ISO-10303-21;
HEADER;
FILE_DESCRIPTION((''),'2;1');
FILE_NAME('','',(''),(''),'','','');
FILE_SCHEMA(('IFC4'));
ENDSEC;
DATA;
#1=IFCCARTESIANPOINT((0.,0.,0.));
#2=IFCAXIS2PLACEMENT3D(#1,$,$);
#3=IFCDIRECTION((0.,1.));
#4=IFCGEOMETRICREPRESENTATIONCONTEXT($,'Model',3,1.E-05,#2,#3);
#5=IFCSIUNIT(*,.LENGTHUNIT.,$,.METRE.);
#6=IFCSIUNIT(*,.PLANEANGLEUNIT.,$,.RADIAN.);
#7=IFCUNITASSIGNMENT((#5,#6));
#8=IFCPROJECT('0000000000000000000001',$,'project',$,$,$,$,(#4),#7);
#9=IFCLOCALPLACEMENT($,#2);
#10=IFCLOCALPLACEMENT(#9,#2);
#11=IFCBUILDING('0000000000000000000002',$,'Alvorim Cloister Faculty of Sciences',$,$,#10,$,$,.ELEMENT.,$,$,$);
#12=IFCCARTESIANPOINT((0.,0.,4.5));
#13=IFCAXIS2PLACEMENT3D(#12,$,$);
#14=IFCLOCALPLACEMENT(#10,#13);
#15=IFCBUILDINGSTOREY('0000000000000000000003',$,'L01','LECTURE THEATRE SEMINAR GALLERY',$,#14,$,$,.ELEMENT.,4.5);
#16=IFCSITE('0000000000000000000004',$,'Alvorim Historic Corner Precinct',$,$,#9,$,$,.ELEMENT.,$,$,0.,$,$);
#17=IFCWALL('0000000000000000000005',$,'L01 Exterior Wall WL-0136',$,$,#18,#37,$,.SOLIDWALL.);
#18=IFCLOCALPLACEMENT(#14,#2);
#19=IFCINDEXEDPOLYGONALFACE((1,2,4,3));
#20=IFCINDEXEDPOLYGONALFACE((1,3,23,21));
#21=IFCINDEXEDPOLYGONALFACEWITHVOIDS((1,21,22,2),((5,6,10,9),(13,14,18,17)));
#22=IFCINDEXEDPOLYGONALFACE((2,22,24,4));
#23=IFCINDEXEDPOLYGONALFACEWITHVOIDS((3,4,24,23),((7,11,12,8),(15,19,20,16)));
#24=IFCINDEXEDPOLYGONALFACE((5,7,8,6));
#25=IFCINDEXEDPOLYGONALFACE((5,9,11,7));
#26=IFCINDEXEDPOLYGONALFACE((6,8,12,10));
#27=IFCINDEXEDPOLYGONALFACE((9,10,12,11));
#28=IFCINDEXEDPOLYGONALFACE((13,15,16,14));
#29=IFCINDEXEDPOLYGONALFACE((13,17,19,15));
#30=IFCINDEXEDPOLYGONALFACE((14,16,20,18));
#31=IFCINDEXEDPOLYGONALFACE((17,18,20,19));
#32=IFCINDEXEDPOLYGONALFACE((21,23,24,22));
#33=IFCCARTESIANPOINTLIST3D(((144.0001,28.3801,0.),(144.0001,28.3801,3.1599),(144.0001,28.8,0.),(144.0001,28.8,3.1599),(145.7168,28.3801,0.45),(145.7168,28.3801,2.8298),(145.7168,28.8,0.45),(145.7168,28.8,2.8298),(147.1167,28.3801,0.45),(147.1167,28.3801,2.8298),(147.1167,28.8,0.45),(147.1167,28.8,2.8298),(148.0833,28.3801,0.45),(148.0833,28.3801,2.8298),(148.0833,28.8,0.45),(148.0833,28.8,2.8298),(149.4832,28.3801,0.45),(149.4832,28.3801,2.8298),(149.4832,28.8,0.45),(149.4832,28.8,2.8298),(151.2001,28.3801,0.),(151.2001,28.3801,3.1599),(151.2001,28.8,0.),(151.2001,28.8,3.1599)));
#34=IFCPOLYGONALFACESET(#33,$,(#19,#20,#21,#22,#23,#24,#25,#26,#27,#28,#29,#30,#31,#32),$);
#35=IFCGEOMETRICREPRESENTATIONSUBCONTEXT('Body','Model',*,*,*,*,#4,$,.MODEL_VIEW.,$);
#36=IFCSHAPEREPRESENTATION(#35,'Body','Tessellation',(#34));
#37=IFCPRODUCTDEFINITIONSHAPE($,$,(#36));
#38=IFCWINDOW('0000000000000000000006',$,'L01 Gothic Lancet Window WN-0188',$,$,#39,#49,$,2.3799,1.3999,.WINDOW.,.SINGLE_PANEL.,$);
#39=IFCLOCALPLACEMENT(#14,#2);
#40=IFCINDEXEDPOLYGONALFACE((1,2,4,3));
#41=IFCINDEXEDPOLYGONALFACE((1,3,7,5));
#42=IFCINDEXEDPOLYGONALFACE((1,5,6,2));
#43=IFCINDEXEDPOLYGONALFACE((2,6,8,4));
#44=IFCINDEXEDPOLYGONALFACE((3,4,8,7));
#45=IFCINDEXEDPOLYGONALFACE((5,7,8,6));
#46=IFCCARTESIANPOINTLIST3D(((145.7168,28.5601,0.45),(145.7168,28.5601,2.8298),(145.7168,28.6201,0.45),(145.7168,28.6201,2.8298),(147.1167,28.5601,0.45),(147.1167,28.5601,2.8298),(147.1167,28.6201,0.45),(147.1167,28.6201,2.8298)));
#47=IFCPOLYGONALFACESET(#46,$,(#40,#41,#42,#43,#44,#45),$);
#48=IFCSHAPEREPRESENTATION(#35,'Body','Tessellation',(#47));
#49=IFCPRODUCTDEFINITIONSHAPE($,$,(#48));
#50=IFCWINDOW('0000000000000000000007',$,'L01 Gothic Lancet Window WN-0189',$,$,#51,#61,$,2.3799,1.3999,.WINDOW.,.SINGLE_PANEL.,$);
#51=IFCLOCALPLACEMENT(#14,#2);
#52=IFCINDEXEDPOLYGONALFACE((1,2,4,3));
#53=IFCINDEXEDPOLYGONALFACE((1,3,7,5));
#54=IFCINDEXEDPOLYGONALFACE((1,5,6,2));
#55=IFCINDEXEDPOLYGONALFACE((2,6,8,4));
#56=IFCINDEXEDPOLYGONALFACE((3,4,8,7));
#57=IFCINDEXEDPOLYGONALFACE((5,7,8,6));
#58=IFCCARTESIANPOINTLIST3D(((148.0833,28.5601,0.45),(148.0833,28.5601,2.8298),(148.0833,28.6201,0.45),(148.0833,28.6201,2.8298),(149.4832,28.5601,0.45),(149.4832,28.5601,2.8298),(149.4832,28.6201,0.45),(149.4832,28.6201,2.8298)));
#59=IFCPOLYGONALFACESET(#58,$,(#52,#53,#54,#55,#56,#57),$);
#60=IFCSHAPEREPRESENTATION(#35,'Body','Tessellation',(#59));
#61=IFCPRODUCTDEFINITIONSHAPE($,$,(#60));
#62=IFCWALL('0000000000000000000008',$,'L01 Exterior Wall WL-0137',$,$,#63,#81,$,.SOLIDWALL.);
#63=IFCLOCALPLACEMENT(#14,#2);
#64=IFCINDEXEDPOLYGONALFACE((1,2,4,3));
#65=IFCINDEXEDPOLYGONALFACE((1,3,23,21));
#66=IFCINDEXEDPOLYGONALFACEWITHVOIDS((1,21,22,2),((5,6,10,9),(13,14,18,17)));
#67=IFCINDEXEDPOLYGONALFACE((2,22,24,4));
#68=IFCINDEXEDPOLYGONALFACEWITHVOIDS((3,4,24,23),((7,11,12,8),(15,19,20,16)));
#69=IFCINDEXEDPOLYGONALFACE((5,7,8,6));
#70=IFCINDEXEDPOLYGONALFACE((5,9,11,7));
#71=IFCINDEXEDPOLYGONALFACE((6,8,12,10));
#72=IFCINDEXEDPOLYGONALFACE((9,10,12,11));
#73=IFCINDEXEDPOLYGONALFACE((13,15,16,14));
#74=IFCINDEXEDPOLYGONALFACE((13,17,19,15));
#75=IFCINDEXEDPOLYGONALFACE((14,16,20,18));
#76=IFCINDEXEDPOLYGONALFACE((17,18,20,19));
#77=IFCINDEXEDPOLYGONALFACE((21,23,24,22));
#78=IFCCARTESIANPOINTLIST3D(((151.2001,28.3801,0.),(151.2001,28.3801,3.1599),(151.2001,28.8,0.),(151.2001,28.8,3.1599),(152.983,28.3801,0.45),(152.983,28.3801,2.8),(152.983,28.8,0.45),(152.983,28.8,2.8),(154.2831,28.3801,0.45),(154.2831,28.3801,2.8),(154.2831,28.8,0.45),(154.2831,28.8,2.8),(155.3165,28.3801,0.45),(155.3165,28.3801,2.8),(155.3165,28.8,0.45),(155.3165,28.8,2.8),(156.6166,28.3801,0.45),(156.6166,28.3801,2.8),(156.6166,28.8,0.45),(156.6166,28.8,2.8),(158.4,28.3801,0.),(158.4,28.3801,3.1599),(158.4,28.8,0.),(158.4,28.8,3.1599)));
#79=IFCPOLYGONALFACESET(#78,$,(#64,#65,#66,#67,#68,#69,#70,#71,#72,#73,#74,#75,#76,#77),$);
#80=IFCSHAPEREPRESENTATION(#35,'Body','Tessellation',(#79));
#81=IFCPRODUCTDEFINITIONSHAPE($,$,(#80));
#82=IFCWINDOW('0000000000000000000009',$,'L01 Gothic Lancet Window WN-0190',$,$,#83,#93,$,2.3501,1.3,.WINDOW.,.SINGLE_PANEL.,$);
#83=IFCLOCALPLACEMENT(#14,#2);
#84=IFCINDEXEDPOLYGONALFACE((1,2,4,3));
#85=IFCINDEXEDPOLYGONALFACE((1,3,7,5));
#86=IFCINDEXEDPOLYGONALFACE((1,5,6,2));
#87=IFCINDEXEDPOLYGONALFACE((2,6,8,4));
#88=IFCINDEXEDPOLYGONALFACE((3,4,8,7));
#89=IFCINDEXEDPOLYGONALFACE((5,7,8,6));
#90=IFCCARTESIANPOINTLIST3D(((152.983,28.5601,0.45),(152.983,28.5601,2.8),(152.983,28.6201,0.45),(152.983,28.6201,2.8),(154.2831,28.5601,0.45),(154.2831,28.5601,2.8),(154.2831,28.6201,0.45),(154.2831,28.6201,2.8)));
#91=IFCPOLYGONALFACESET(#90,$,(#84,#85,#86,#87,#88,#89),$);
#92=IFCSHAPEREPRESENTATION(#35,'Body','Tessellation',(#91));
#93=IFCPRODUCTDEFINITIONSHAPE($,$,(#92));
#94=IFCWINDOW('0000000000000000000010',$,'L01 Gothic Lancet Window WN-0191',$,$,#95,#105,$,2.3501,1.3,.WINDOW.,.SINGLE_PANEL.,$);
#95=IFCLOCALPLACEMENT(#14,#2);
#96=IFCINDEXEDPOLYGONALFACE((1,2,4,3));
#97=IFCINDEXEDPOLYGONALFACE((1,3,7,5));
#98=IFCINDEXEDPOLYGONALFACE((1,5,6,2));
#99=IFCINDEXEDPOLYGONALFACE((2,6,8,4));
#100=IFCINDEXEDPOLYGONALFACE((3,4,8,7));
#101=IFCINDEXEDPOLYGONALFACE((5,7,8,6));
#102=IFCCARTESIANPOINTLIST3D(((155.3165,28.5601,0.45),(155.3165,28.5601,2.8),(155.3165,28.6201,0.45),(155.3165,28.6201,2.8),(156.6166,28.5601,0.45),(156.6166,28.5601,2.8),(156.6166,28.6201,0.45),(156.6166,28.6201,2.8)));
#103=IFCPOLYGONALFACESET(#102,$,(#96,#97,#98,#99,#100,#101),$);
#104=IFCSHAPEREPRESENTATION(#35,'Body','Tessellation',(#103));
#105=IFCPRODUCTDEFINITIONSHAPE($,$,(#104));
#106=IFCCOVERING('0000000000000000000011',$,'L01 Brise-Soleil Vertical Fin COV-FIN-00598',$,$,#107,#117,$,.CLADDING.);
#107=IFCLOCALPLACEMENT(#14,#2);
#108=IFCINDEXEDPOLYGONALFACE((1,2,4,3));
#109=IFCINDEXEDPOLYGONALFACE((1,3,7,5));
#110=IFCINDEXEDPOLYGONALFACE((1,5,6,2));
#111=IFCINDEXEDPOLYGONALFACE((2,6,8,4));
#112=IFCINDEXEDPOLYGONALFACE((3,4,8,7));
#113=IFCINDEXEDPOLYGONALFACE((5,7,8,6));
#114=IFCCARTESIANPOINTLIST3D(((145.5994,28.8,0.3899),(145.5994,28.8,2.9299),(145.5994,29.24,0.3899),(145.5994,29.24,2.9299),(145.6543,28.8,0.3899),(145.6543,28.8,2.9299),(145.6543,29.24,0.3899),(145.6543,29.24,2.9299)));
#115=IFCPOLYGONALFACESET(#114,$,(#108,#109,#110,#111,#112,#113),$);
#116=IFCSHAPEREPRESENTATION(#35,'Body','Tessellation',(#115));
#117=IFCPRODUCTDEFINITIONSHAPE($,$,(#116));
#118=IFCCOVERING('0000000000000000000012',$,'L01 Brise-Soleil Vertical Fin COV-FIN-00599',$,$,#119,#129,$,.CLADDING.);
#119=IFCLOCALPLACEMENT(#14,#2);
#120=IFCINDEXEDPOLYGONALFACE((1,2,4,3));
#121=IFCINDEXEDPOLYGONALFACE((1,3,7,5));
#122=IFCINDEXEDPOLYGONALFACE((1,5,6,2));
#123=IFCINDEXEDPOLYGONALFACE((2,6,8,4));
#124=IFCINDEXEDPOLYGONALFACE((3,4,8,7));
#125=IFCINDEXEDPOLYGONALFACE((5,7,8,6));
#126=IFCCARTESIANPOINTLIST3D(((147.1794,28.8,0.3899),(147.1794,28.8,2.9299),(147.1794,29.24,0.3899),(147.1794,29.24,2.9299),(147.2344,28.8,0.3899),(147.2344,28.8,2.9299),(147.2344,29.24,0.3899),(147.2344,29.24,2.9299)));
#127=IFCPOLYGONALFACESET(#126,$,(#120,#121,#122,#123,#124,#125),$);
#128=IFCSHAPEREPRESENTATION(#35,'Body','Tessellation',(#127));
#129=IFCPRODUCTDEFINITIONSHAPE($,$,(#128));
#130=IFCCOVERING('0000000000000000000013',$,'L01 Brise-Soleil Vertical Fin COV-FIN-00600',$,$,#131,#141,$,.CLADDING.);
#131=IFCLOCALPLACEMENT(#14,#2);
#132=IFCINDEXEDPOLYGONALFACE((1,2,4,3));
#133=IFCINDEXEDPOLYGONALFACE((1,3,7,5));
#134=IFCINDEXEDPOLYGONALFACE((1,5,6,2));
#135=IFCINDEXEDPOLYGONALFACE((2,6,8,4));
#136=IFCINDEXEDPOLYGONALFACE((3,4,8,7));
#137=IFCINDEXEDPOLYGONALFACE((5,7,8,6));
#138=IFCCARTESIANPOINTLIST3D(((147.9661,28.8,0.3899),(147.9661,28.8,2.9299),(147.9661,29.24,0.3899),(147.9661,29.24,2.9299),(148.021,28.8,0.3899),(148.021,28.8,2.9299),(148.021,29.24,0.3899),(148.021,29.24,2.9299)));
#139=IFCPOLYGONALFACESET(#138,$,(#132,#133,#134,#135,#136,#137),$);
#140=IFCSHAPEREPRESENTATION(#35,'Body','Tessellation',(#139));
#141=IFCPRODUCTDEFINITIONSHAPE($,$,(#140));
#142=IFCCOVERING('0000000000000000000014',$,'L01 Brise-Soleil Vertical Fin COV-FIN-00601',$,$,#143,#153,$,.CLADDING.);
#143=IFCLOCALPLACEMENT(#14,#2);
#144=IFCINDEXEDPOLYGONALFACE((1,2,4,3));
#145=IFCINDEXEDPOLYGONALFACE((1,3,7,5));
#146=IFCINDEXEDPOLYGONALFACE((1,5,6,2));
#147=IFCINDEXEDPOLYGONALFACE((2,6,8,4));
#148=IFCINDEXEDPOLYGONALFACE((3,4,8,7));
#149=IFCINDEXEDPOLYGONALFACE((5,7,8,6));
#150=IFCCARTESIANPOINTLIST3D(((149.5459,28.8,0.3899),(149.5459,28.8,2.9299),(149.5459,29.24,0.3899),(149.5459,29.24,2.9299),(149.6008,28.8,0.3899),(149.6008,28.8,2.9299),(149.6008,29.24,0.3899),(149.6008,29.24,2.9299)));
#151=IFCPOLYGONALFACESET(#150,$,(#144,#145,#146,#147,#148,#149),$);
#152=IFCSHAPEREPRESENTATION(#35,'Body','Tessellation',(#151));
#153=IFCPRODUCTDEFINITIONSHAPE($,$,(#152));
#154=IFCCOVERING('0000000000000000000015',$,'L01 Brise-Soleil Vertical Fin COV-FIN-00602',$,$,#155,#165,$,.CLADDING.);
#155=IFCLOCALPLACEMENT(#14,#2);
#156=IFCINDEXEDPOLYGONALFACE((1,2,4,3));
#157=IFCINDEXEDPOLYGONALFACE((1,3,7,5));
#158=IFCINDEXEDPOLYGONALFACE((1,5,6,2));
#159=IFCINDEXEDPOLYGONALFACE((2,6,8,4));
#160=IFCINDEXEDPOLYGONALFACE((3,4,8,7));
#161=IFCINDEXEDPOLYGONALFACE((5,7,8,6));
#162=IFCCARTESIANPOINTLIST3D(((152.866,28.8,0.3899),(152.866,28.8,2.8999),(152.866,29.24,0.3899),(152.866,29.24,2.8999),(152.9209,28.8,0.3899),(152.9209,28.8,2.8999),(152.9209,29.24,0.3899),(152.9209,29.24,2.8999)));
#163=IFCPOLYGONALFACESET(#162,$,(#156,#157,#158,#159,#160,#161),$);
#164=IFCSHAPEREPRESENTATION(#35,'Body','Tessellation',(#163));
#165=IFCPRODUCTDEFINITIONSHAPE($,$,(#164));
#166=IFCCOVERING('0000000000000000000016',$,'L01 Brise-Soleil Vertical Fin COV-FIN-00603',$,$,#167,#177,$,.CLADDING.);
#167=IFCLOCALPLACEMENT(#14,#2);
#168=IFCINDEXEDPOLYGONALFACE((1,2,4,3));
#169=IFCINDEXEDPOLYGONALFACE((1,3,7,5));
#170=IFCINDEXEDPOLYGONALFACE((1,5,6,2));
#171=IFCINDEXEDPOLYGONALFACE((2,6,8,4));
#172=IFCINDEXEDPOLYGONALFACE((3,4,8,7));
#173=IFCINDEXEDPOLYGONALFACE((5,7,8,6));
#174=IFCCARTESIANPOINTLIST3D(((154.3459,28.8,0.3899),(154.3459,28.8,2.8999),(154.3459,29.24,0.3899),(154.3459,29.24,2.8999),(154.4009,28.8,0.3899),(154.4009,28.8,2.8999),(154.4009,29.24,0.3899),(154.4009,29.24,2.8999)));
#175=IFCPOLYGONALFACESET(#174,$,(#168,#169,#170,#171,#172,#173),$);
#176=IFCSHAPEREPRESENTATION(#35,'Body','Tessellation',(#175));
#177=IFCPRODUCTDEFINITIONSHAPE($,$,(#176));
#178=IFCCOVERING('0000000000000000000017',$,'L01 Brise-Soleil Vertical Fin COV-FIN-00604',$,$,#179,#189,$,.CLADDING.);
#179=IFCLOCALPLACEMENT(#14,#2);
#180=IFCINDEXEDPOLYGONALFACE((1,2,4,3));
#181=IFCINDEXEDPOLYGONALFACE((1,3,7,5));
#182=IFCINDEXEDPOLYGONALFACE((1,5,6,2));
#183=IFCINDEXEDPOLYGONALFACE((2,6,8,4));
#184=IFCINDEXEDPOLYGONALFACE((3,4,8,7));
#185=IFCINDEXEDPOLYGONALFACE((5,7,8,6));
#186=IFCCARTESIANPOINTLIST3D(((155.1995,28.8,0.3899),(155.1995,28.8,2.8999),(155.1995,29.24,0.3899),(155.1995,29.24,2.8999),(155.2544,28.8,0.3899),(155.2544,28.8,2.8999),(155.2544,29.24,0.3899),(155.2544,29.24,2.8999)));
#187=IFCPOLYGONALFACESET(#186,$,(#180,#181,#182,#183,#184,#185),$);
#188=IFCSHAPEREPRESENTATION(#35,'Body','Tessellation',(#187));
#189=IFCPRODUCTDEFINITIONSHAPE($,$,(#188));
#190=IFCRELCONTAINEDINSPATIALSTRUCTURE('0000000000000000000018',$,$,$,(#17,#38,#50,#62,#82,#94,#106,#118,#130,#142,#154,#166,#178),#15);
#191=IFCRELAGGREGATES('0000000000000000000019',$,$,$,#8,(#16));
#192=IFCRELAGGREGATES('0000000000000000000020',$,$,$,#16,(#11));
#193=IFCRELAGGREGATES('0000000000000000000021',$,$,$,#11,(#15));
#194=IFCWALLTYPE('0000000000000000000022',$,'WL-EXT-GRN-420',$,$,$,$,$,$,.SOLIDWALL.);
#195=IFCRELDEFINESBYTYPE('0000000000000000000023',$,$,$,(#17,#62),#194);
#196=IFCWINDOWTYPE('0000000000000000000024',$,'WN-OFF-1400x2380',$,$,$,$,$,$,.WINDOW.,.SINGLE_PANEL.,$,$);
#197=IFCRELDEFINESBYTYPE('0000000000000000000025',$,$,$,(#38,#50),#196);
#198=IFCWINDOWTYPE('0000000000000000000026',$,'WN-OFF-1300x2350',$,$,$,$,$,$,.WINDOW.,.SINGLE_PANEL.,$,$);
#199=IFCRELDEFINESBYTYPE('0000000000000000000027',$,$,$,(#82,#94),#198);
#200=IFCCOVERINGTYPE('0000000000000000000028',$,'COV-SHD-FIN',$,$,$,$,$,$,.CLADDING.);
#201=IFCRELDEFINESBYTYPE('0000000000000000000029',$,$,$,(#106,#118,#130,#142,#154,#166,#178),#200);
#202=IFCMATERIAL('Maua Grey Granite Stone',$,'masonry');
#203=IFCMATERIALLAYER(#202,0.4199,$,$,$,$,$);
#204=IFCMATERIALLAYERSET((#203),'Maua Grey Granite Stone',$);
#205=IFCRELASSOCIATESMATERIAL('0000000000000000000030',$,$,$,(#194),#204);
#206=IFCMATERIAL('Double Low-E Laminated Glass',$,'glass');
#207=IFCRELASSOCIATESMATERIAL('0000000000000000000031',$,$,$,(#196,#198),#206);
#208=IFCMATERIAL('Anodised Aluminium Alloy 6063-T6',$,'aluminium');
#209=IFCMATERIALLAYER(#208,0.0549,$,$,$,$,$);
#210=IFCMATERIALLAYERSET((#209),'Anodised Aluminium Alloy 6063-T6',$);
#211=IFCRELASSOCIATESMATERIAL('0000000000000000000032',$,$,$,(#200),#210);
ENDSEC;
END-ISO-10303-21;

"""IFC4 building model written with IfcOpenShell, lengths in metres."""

from ifc_helpers import new_model, si_unit, direction, frame, frame_2d, origin, place, context, subcontext, project, spatial, polyline, rectangle, outline, extrude, material, layer, layer_set, type_object, element, fill, save


model = new_model("IFC4")

# Units and contexts
model_context = context("Model", 3, precision=1e-05, world=origin(), true_north=direction((0.0, 1.0)))
body_context = subcontext(model_context, "Body", "Model", "MODEL_VIEW")
ifc_project = project(units=[si_unit("LENGTHUNIT", "METRE"), si_unit("PLANEANGLEUNIT", "RADIAN")], contexts=[model_context])

# Site, building, storey
site_placement = place(None, origin())
site = spatial("IfcSite", under=ifc_project, at=site_placement, Name="Alvorim Historic Corner Precinct", CompositionType="ELEMENT", RefElevation=0.0)
building_placement = place(site_placement, origin())
building = spatial("IfcBuilding", under=site, at=building_placement, Name="Alvorim Cloister Faculty of Sciences", CompositionType="ELEMENT")
storey_placement = place(building_placement, frame((0.0, 0.0, 4.5)))
storey = spatial("IfcBuildingStorey", under=building, at=storey_placement, Name="L01", Description="LECTURE THEATRE SEMINAR GALLERY", CompositionType="ELEMENT", Elevation=4.5)

# Walls, openings, windows
ifc_material_1 = material(Name="Maua Grey Granite Stone", Category="masonry")
ifc_layer_1 = layer(ifc_material_1, 0.4199)
ifc_layer_set_1 = layer_set([ifc_layer_1], Name="Maua Grey Granite Stone")
wall_type = type_object("IfcWallType", Name="WL-EXT-GRN-420", PredefinedType="SOLIDWALL", material=ifc_layer_set_1)
wall_1_placement = place(storey_placement, frame((144.0, 28.5901, 0.0), z_axis=(0.0, 0.0, 1.0), x_axis=(1.0, 0.0, 0.0)))
wall_1 = element("IfcWall", 1, at=wall_1_placement, inside=storey, type_object=wall_type, Name="L01 Exterior Wall WL-0136", PredefinedType="SOLIDWALL", context=body_context, shape_type="SweptSolid", body=[
    extrude(rectangle(XDim=7.2, YDim=0.4199, at=frame_2d((3.6001, 0.0))), origin(), (0.0, 0.0, 1.0), 3.1599),
])
opening_1_placement = place(wall_1_placement, frame((1.7168, 0.0, 0.45)))
opening_1 = element("IfcOpeningElement", 2, at=opening_1_placement, cuts=wall_1, PredefinedType="OPENING", context=body_context, shape_type="SweptSolid", body=[
    extrude(rectangle(XDim=1.3999, YDim=2.3799, at=frame_2d((0.7, 1.1899))), frame((0.0, 0.2219, 0.0), z_axis=(0.0, -1.0, 0.0), x_axis=(1.0, 0.0, 0.0)), (0.0, 0.0, 1.0), 0.4438),
])
opening_2_placement = place(wall_1_placement, frame((4.0833, 0.0, 0.45)))
opening_2 = element("IfcOpeningElement", 3, at=opening_2_placement, cuts=wall_1, PredefinedType="OPENING", context=body_context, shape_type="SweptSolid", body=[
    extrude(rectangle(XDim=1.3999, YDim=2.3799, at=frame_2d((0.7, 1.1899))), frame((0.0, 0.2219, 0.0), z_axis=(0.0, -1.0, 0.0), x_axis=(1.0, 0.0, 0.0)), (0.0, 0.0, 1.0), 0.4438),
])
ifc_material_2 = material(Name="Double Low-E Laminated Glass", Category="glass")
window_type_1 = type_object("IfcWindowType", Name="WN-OFF-1400x2380", PartitioningType="SINGLE_PANEL", PredefinedType="WINDOW", material=ifc_material_2)
window_1_placement = place(opening_1_placement, origin())
window_1 = element("IfcWindow", 4, at=window_1_placement, inside=storey, type_object=window_type_1, Name="L01 Gothic Lancet Window WN-0188", OverallHeight=2.3799, OverallWidth=1.3999, PartitioningType="SINGLE_PANEL", PredefinedType="WINDOW", context=body_context, shape_type="SweptSolid", body=[
    extrude(rectangle(XDim=1.3999, YDim=2.3799, at=frame_2d((0.7, 1.1899))), frame((0.0, 0.03, 0.0), z_axis=(0.0, -1.0, 0.0), x_axis=(1.0, 0.0, 0.0)), (0.0, 0.0, 1.0), 0.0601),
])
fill(opening_1, window_1)
window_2_placement = place(opening_2_placement, origin())
window_2 = element("IfcWindow", 5, at=window_2_placement, inside=storey, type_object=window_type_1, Name="L01 Gothic Lancet Window WN-0189", OverallHeight=2.3799, OverallWidth=1.3999, PartitioningType="SINGLE_PANEL", PredefinedType="WINDOW", context=body_context, shape_type="SweptSolid", body=[
    extrude(rectangle(XDim=1.3999, YDim=2.3799, at=frame_2d((0.7, 1.1899))), frame((0.0, 0.03, 0.0), z_axis=(0.0, -1.0, 0.0), x_axis=(1.0, 0.0, 0.0)), (0.0, 0.0, 1.0), 0.0601),
])
fill(opening_2, window_2)
wall_2_placement = place(storey_placement, frame((151.2, 28.5901, 0.0), z_axis=(0.0, 0.0, 1.0), x_axis=(1.0, 0.0, 0.0)))
wall_2 = element("IfcWall", 6, at=wall_2_placement, inside=storey, type_object=wall_type, Name="L01 Exterior Wall WL-0137", PredefinedType="SOLIDWALL", context=body_context, shape_type="SweptSolid", body=[
    extrude(rectangle(XDim=7.2, YDim=0.4199, at=frame_2d((3.6001, 0.0))), origin(), (0.0, 0.0, 1.0), 3.1599),
])
opening_3_placement = place(wall_2_placement, frame((1.7832, 0.0, 0.45)))
opening_3 = element("IfcOpeningElement", 7, at=opening_3_placement, cuts=wall_2, PredefinedType="OPENING", context=body_context, shape_type="SweptSolid", body=[
    extrude(rectangle(XDim=1.3, YDim=2.3501, at=frame_2d((0.6499, 1.175))), frame((0.0, 0.2219, 0.0), z_axis=(0.0, -1.0, 0.0), x_axis=(1.0, 0.0, 0.0)), (0.0, 0.0, 1.0), 0.4438),
])
opening_4_placement = place(wall_2_placement, frame((4.1167, 0.0, 0.45)))
opening_4 = element("IfcOpeningElement", 8, at=opening_4_placement, cuts=wall_2, PredefinedType="OPENING", context=body_context, shape_type="SweptSolid", body=[
    extrude(rectangle(XDim=1.3, YDim=2.3501, at=frame_2d((0.6499, 1.175))), frame((0.0, 0.2219, 0.0), z_axis=(0.0, -1.0, 0.0), x_axis=(1.0, 0.0, 0.0)), (0.0, 0.0, 1.0), 0.4438),
])
window_type_2 = type_object("IfcWindowType", Name="WN-OFF-1300x2350", PartitioningType="SINGLE_PANEL", PredefinedType="WINDOW", material=ifc_material_2)
window_3_placement = place(opening_3_placement, origin())
window_3 = element("IfcWindow", 9, at=window_3_placement, inside=storey, type_object=window_type_2, Name="L01 Gothic Lancet Window WN-0190", OverallHeight=2.3501, OverallWidth=1.3, PartitioningType="SINGLE_PANEL", PredefinedType="WINDOW", context=body_context, shape_type="SweptSolid", body=[
    extrude(rectangle(XDim=1.3, YDim=2.3501, at=frame_2d((0.6499, 1.175))), frame((0.0, 0.03, 0.0), z_axis=(0.0, -1.0, 0.0), x_axis=(1.0, 0.0, 0.0)), (0.0, 0.0, 1.0), 0.0601),
])
fill(opening_3, window_3)
window_4_placement = place(opening_4_placement, origin())
window_4 = element("IfcWindow", 10, at=window_4_placement, inside=storey, type_object=window_type_2, Name="L01 Gothic Lancet Window WN-0191", OverallHeight=2.3501, OverallWidth=1.3, PartitioningType="SINGLE_PANEL", PredefinedType="WINDOW", context=body_context, shape_type="SweptSolid", body=[
    extrude(rectangle(XDim=1.3, YDim=2.3501, at=frame_2d((0.6499, 1.175))), frame((0.0, 0.03, 0.0), z_axis=(0.0, -1.0, 0.0), x_axis=(1.0, 0.0, 0.0)), (0.0, 0.0, 1.0), 0.0601),
])
fill(opening_4, window_4)

# Coverings
ifc_material_3 = material(Name="Anodised Aluminium Alloy 6063-T6", Category="aluminium")
ifc_layer_2 = layer(ifc_material_3, 0.0549)
ifc_layer_set_2 = layer_set([ifc_layer_2], Name="Anodised Aluminium Alloy 6063-T6")
covering_type = type_object("IfcCoveringType", Name="COV-SHD-FIN", PredefinedType="CLADDING", material=ifc_layer_set_2)
for number, where, z_axis, x_axis, name in (
    (11, (145.6267, 28.8, 0.3899), (0.0, 0.0, 1.0), (0.0, 1.0, 0.0), "L01 Brise-Soleil Vertical Fin COV-FIN-00598"),
    (12, (147.2068, 28.8, 0.3899), (0.0, 0.0, 1.0), (0.0, 1.0, 0.0), "L01 Brise-Soleil Vertical Fin COV-FIN-00599"),
    (13, (147.9934, 28.8, 0.3899), (0.0, 0.0, 1.0), (0.0, 1.0, 0.0), "L01 Brise-Soleil Vertical Fin COV-FIN-00600"),
    (14, (149.5732, 28.8, 0.3899), (0.0, 0.0, 1.0), (0.0, 1.0, 0.0), "L01 Brise-Soleil Vertical Fin COV-FIN-00601"),
):
    element("IfcCovering", number, at=place(storey_placement, frame(where, z_axis=z_axis, x_axis=x_axis)), inside=storey, type_object=covering_type, Name=name, PredefinedType="CLADDING", context=body_context, shape_type="SweptSolid", body=[
        extrude(outline(polyline([(0.0, 0.0), (0.4399, 0.0), (0.4399, 2.54), (0.0, 2.54), (0.0, 0.0)])), frame((0.0, 0.0273, 0.0), z_axis=(0.0, -1.0, 0.0), x_axis=(1.0, 0.0, 0.0)), (0.0, 0.0, 1.0), 0.0549),
    ])
for number, where, z_axis, x_axis, name in (
    (15, (152.8933, 28.8, 0.3899), (0.0, 0.0, 1.0), (0.0, 1.0, 0.0), "L01 Brise-Soleil Vertical Fin COV-FIN-00602"),
    (16, (154.3733, 28.8, 0.3899), (0.0, 0.0, 1.0), (0.0, 1.0, 0.0), "L01 Brise-Soleil Vertical Fin COV-FIN-00603"),
    (17, (155.2268, 28.8, 0.3899), (0.0, 0.0, 1.0), (0.0, 1.0, 0.0), "L01 Brise-Soleil Vertical Fin COV-FIN-00604"),
):
    element("IfcCovering", number, at=place(storey_placement, frame(where, z_axis=z_axis, x_axis=x_axis)), inside=storey, type_object=covering_type, Name=name, PredefinedType="CLADDING", context=body_context, shape_type="SweptSolid", body=[
        extrude(outline(polyline([(0.0, 0.0), (0.4399, 0.0), (0.4399, 2.51), (0.0, 2.51), (0.0, 0.0)])), frame((0.0, 0.0273, 0.0), z_axis=(0.0, -1.0, 0.0), x_axis=(1.0, 0.0, 0.0)), (0.0, 0.0, 1.0), 0.0549),
    ])

save(model, "model.ifc")
